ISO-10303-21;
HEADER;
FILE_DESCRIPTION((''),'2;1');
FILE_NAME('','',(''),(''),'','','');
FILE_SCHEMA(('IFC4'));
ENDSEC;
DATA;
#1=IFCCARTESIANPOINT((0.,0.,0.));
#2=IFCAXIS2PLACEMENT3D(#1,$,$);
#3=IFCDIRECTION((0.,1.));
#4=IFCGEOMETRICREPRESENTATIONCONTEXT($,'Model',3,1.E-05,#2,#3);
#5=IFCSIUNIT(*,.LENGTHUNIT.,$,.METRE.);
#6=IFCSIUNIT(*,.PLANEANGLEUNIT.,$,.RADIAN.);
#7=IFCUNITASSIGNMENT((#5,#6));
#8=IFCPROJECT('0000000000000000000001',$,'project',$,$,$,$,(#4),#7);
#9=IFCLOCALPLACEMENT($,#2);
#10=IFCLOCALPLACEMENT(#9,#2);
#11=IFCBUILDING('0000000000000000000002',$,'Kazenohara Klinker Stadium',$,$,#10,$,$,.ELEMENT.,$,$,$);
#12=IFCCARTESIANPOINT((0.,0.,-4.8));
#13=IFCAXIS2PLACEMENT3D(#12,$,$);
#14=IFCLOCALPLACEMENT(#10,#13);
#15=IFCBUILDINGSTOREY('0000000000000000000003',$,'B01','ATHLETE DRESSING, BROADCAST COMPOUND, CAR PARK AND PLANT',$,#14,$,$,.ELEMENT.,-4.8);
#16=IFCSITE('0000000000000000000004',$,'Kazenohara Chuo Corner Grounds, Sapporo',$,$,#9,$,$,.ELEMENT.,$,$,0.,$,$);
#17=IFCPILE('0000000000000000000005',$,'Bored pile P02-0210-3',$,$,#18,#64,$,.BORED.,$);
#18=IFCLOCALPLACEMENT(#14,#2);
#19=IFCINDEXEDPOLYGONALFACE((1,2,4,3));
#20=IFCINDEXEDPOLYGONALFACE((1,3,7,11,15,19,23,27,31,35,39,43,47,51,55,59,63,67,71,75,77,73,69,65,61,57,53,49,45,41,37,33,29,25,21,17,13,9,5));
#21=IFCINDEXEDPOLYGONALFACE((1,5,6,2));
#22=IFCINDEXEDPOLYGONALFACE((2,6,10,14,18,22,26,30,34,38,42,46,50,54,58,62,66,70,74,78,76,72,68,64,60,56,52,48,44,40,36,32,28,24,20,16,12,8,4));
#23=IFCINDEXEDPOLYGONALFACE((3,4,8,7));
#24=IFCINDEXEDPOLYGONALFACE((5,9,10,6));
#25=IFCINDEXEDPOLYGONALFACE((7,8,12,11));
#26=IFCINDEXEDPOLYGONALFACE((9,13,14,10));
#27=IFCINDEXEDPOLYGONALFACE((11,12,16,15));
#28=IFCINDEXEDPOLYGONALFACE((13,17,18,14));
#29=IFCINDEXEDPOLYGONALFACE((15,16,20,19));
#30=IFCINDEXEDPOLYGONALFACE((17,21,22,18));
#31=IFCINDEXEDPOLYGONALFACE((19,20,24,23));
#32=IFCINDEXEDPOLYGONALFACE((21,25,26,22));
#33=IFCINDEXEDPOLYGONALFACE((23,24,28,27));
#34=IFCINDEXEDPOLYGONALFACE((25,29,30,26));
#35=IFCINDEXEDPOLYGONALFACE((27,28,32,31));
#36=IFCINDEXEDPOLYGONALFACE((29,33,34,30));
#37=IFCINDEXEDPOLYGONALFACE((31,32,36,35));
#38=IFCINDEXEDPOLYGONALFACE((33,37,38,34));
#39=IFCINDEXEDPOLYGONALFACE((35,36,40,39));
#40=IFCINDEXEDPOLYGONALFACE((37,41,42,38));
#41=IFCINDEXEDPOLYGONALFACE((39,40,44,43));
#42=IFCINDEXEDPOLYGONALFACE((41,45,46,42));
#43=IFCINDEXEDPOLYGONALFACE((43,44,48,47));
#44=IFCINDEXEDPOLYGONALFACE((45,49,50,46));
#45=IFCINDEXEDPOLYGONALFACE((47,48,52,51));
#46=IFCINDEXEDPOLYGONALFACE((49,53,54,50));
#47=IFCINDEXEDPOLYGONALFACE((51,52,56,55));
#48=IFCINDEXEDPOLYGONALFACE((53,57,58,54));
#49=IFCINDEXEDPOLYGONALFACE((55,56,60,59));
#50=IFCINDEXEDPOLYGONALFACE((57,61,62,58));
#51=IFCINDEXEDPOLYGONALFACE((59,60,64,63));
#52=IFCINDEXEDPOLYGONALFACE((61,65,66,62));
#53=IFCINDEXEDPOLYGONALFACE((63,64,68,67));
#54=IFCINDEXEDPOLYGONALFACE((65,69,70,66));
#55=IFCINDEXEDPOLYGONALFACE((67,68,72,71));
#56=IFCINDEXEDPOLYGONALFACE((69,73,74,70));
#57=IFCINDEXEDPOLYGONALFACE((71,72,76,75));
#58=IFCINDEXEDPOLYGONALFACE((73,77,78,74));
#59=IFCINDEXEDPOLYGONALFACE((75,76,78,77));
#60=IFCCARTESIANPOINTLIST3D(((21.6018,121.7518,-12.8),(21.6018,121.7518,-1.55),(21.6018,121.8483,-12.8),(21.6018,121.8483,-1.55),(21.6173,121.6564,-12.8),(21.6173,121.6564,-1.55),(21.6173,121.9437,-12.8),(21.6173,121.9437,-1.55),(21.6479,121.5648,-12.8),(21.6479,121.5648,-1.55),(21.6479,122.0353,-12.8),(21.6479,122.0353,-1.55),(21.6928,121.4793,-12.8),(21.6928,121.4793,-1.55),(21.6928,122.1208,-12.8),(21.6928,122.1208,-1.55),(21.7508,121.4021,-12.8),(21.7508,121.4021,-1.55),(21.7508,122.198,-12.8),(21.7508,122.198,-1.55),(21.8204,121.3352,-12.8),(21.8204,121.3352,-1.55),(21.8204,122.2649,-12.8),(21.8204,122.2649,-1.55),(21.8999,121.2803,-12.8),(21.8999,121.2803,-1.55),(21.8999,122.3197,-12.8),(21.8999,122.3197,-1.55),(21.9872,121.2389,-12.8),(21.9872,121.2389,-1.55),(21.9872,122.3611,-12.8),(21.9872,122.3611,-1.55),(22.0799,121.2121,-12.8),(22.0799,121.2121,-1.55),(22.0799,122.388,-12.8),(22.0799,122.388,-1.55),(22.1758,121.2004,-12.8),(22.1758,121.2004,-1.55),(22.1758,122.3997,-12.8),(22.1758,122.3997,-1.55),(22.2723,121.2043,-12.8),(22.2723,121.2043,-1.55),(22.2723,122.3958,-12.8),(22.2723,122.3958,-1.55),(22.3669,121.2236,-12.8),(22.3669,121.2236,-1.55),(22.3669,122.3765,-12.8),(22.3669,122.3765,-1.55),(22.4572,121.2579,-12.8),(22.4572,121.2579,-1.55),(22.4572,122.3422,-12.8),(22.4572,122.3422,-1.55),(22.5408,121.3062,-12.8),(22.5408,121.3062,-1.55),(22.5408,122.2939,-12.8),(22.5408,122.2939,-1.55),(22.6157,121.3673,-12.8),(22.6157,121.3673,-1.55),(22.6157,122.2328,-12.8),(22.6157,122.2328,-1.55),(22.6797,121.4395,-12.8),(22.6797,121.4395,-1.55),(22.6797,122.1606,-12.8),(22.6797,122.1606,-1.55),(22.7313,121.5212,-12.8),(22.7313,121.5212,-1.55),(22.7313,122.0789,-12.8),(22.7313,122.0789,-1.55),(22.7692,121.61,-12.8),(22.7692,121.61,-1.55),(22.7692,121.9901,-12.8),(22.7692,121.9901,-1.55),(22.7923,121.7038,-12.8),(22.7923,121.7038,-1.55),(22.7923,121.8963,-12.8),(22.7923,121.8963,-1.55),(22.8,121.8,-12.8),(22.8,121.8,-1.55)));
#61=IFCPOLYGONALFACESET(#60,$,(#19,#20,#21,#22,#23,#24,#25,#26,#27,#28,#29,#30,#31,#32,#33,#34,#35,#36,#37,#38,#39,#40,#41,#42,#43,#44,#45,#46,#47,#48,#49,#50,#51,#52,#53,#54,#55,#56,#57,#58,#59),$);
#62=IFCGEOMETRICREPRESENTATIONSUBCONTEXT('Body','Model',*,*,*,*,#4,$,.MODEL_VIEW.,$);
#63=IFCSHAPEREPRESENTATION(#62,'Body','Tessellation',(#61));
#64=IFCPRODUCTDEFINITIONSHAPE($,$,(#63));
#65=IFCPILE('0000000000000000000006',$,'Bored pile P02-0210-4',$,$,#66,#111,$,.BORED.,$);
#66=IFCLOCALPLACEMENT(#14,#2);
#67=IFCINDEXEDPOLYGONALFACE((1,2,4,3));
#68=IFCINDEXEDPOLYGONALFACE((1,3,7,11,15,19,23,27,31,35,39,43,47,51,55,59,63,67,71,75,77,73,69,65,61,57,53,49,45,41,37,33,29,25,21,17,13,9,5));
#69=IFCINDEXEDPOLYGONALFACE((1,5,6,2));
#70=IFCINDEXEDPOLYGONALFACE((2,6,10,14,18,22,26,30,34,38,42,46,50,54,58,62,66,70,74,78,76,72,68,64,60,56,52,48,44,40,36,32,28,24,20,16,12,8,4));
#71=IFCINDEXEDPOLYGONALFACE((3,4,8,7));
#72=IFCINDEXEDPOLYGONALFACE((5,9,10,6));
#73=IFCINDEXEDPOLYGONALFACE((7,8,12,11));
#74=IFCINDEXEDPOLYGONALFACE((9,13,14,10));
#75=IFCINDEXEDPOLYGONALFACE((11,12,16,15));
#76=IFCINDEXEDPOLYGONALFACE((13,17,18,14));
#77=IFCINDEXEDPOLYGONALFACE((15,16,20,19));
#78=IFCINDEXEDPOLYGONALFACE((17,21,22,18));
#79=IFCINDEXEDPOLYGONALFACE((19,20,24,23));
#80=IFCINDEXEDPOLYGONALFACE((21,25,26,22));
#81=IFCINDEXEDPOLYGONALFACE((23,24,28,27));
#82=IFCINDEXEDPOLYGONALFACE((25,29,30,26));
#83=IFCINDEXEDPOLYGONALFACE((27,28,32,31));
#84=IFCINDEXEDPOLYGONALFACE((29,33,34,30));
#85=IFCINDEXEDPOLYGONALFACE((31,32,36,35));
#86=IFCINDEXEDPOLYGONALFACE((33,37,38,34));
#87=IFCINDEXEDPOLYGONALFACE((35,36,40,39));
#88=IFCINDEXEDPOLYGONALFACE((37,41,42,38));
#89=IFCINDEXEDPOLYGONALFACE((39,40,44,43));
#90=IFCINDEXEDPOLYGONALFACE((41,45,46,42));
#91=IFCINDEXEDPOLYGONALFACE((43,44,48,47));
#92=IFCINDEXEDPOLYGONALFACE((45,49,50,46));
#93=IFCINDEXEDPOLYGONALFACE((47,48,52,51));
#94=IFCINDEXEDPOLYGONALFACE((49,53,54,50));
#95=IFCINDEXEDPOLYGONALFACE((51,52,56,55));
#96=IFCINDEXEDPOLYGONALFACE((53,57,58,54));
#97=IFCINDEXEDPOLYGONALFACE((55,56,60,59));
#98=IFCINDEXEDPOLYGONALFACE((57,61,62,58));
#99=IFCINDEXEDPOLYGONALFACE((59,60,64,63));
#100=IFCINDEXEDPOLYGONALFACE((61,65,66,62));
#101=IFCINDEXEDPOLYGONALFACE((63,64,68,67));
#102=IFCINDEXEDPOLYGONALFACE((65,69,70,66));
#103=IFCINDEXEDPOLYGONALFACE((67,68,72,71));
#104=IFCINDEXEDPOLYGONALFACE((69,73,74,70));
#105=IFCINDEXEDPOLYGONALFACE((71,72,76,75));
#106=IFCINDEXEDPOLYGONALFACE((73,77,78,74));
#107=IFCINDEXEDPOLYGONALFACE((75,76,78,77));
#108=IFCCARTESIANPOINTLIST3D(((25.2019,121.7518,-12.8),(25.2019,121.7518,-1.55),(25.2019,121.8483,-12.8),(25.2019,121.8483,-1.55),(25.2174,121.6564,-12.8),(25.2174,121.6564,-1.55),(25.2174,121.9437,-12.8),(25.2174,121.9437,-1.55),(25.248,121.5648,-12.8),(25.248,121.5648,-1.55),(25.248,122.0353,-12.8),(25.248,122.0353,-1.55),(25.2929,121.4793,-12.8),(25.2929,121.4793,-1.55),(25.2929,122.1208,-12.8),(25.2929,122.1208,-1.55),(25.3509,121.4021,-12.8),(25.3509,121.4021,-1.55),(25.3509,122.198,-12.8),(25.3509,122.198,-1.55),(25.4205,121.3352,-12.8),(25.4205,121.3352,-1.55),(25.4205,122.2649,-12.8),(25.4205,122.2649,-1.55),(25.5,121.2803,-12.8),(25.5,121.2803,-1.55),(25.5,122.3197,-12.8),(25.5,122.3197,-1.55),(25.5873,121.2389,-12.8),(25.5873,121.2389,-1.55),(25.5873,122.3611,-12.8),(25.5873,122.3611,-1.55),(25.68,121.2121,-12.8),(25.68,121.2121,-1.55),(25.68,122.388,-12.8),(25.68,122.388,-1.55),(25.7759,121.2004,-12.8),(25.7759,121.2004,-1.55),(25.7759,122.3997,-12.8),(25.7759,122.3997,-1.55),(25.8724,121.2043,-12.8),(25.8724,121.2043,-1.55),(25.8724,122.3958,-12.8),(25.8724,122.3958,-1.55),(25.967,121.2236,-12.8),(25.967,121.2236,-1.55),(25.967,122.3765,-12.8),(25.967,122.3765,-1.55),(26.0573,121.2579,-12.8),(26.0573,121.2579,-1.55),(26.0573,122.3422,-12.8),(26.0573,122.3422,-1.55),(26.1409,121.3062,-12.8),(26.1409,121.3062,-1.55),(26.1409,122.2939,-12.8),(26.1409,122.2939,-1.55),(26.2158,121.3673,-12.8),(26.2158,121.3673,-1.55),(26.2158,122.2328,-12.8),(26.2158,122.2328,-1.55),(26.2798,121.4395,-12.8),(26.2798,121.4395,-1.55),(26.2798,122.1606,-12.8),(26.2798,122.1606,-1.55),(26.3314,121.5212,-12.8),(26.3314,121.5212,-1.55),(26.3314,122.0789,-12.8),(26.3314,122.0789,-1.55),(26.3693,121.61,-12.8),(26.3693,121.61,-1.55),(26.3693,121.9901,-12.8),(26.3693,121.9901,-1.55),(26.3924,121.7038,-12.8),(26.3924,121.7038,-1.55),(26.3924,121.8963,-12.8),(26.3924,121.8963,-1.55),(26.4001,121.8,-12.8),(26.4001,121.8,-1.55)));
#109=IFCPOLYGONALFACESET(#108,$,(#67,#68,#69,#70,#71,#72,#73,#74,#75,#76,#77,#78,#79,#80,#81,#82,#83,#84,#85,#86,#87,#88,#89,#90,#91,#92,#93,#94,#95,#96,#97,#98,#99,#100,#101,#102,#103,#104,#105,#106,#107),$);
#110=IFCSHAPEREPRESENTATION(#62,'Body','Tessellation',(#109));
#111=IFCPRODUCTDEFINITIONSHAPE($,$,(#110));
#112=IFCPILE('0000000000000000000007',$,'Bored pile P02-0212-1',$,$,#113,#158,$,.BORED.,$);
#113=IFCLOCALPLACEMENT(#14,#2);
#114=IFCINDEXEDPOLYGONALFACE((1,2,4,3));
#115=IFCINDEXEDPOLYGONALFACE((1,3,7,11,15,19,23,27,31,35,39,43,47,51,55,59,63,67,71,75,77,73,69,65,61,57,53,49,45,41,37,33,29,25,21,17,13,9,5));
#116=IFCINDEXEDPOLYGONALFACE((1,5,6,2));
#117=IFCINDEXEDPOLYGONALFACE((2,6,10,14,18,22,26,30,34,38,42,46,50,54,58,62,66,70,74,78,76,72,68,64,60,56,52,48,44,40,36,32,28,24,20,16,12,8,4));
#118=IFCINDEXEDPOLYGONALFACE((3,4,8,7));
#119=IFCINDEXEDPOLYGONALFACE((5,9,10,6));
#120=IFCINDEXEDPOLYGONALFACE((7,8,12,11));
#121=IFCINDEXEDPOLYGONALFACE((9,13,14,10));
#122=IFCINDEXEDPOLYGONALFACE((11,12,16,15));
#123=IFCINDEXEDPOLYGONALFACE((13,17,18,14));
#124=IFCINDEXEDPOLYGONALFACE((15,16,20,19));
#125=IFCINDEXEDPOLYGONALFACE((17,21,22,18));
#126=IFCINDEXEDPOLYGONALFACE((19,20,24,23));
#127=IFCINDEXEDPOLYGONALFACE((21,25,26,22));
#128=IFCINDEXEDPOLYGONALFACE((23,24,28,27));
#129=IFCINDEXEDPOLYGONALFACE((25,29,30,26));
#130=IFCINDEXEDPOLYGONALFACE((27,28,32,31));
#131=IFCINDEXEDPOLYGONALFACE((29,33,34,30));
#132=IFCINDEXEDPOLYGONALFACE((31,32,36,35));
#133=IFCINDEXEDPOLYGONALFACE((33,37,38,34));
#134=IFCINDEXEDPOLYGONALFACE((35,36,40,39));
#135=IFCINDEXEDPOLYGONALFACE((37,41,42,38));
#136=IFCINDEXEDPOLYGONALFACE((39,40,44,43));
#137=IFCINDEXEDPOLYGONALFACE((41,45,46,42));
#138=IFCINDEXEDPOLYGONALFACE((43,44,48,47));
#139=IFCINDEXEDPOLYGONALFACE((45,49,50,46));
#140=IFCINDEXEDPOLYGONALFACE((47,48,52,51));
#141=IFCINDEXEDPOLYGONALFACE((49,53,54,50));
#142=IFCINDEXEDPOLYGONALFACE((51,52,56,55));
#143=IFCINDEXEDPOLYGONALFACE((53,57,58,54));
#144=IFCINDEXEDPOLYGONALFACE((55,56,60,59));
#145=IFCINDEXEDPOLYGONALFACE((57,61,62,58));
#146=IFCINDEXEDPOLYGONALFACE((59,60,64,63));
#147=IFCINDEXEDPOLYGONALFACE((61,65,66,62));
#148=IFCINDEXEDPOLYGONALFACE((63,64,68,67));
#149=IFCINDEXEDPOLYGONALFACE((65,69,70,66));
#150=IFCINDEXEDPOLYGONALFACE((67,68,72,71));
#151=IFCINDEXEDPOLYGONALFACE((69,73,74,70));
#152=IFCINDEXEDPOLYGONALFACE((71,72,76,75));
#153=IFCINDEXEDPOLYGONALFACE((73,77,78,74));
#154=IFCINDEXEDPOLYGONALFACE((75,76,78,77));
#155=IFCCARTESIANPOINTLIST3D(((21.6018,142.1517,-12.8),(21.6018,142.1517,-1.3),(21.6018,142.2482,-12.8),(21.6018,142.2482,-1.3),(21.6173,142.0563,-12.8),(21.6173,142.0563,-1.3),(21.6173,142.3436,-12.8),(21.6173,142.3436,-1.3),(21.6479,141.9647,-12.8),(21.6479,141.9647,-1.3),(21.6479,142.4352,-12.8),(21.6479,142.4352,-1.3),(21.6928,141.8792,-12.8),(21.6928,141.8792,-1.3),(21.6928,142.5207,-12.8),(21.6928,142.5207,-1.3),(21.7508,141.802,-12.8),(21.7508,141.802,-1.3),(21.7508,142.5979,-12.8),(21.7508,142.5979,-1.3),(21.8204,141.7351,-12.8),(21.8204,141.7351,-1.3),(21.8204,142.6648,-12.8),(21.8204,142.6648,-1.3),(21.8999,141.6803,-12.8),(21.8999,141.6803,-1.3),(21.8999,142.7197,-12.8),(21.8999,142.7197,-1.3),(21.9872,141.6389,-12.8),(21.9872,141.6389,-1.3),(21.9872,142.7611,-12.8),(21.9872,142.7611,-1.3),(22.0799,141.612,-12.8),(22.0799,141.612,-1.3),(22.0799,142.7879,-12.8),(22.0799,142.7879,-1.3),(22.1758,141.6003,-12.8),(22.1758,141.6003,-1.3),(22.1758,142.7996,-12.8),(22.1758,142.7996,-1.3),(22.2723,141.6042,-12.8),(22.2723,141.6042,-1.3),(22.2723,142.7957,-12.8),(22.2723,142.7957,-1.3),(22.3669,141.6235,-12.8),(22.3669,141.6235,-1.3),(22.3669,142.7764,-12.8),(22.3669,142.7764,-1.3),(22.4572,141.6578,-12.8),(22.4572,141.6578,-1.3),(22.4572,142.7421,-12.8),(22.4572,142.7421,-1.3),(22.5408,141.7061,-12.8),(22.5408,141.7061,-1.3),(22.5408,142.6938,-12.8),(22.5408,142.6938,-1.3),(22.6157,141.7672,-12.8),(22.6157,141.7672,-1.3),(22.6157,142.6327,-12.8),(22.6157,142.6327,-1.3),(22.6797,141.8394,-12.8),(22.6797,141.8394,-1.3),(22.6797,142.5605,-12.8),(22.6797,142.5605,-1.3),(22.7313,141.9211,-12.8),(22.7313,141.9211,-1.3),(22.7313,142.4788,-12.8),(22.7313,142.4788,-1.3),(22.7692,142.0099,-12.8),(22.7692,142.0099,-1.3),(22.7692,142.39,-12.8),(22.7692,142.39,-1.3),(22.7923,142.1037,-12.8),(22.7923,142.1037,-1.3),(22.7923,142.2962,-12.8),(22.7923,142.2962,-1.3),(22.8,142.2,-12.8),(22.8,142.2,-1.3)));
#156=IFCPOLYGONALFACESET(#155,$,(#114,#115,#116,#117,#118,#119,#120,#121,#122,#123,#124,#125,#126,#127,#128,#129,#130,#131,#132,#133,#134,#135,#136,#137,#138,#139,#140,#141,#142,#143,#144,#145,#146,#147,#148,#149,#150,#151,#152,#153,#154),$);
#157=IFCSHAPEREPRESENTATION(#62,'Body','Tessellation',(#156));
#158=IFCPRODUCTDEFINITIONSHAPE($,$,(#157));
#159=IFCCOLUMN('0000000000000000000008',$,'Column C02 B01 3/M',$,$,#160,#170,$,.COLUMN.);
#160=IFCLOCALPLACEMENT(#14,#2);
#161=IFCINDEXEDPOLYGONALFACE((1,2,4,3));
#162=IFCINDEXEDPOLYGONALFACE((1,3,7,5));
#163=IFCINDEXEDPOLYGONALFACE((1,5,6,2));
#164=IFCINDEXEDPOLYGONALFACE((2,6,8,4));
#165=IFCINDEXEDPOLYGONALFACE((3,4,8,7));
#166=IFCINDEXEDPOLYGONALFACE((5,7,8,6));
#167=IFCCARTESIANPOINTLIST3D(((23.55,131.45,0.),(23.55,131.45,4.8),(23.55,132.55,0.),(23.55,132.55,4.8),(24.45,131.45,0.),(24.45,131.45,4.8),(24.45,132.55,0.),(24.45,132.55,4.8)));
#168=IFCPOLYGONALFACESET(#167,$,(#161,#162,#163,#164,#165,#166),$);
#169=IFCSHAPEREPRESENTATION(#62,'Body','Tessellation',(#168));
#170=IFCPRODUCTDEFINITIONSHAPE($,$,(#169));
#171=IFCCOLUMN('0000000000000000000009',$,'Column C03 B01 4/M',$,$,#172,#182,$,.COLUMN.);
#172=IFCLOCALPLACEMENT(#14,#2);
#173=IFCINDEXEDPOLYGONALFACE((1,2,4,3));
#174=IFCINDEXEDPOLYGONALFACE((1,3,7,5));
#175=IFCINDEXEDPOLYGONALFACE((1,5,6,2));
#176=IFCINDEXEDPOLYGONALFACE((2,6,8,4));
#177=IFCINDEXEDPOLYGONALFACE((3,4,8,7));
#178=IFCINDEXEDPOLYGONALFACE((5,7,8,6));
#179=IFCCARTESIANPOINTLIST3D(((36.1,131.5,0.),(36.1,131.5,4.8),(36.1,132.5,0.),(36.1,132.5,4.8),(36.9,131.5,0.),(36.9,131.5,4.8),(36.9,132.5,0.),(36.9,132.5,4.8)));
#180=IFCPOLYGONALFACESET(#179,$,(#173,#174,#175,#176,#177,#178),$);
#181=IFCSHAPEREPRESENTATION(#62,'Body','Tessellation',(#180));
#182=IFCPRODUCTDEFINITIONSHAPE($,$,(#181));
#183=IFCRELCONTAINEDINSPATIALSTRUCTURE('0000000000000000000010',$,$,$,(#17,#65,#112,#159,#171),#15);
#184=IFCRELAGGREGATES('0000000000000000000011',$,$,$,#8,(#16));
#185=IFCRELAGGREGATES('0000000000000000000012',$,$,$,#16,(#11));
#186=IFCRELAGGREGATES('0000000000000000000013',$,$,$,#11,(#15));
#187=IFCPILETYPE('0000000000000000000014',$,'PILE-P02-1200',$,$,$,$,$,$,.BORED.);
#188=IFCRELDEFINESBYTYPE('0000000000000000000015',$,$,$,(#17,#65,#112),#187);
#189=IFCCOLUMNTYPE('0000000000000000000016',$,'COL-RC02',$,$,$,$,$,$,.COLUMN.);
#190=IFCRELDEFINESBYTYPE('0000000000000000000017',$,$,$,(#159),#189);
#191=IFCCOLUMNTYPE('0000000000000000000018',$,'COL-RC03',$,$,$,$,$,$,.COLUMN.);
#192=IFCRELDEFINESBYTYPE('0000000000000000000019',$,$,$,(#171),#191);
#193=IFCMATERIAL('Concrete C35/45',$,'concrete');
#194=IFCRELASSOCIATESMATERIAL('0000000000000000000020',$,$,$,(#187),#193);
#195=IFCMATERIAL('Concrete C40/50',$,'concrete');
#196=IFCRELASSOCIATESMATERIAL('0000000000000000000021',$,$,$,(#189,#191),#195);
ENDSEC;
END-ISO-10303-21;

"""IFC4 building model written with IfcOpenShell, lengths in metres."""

from ifc_helpers import new_model, si_unit, direction, frame, origin, origin_2d, place, context, subcontext, project, spatial, rectangle, circle, extrude, material, material_profile, profile_set, type_object, element, save


model = new_model("IFC4")

# Units and contexts
model_context = context("Model", 3, precision=1e-05, world=origin(), true_north=direction((0.0, 1.0)))
body_context = subcontext(model_context, "Body", "Model", "MODEL_VIEW")
ifc_project = project(units=[si_unit("LENGTHUNIT", "METRE"), si_unit("PLANEANGLEUNIT", "RADIAN")], contexts=[model_context])

# Site, building, storey
site_placement = place(None, origin())
site = spatial("IfcSite", under=ifc_project, at=site_placement, Name="Kazenohara Chuo Corner Grounds, Sapporo", CompositionType="ELEMENT", RefElevation=0.0)
building_placement = place(site_placement, origin())
building = spatial("IfcBuilding", under=site, at=building_placement, Name="Kazenohara Klinker Stadium", CompositionType="ELEMENT")
storey_placement = place(building_placement, frame((0.0, 0.0, -4.8)))
storey = spatial("IfcBuildingStorey", under=building, at=storey_placement, Name="B01", Description="ATHLETE DRESSING, BROADCAST COMPOUND, CAR PARK AND PLANT", CompositionType="ELEMENT", Elevation=-4.8)

# Shared definitions
ifc_material_1 = material(Name="Concrete C35/45", Category="concrete")

# Piles
ifc_material_profile_1 = material_profile(ifc_material_1, circle(Radius=0.6001, at=origin_2d()), Name="BORED-PILE-1200")
ifc_profile_set_1 = profile_set([ifc_material_profile_1], Name="Concrete C35/45")
pile_type_1 = type_object("IfcPileType", Name="PILE-P02-1200", PredefinedType="BORED", material=ifc_profile_set_1)
for number, where, z_axis, x_axis, name in (
    (1, (22.2, 121.8, -1.55), (0.0, 0.0, -1.0), (1.0, 0.0, 0.0), "Bored pile P02-0210-3"),
    (2, (25.8, 121.8, -1.55), (0.0, 0.0, -1.0), (1.0, 0.0, 0.0), "Bored pile P02-0210-4"),
):
    element("IfcPile", number, at=place(storey_placement, frame(where, z_axis=z_axis, x_axis=x_axis)), inside=storey, type_object=pile_type_1, Name=name, PredefinedType="BORED", context=body_context, shape_type="SweptSolid", body=[
        extrude(circle(Radius=0.6001, at=origin_2d()), origin(), (0.0, 0.0, 1.0), 11.25),
    ])
pile_placement = place(storey_placement, frame((22.2, 142.2, -1.3), z_axis=(0.0, 0.0, -1.0), x_axis=(1.0, 0.0, 0.0)))
element("IfcPile", 3, at=pile_placement, inside=storey, type_object=pile_type_1, Name="Bored pile P02-0212-1", PredefinedType="BORED", context=body_context, shape_type="SweptSolid", body=[
    extrude(circle(Radius=0.6001, at=origin_2d()), origin(), (0.0, 0.0, 1.0), 11.5),
])

# Columns
ifc_material_2 = material(Name="Concrete C40/50", Category="concrete")
ifc_material_profile_2 = material_profile(ifc_material_2, rectangle(XDim=0.8999, YDim=1.1001, at=origin_2d()), Name="RC-COL-1100x900")
ifc_profile_set_2 = profile_set([ifc_material_profile_2], Name="Concrete C40/50")
column_type_1 = type_object("IfcColumnType", Name="COL-RC02", PredefinedType="COLUMN", material=ifc_profile_set_2)
column_1_placement = place(storey_placement, frame((24.0, 132.0, 0.0), z_axis=(0.0, 0.0, 1.0), x_axis=(1.0, 0.0, 0.0)))
element("IfcColumn", 4, at=column_1_placement, inside=storey, type_object=column_type_1, Name="Column C02 B01 3/M", PredefinedType="COLUMN", context=body_context, shape_type="SweptSolid", body=[
    extrude(rectangle(XDim=0.8999, YDim=1.1001, at=origin_2d()), origin(), (0.0, 0.0, 1.0), 4.8),
])
ifc_material_profile_3 = material_profile(ifc_material_2, rectangle(XDim=0.8, YDim=1.0, at=origin_2d()), Name="RC-COL-1000x800")
ifc_profile_set_3 = profile_set([ifc_material_profile_3], Name="Concrete C40/50")
column_type_2 = type_object("IfcColumnType", Name="COL-RC03", PredefinedType="COLUMN", material=ifc_profile_set_3)
column_2_placement = place(storey_placement, frame((36.5, 132.0, 0.0), z_axis=(0.0, 0.0, 1.0), x_axis=(1.0, 0.0, 0.0)))
element("IfcColumn", 5, at=column_2_placement, inside=storey, type_object=column_type_2, Name="Column C03 B01 4/M", PredefinedType="COLUMN", context=body_context, shape_type="SweptSolid", body=[
    extrude(rectangle(XDim=0.8, YDim=1.0, at=origin_2d()), origin(), (0.0, 0.0, 1.0), 4.8),
])

save(model, "model.ifc")
